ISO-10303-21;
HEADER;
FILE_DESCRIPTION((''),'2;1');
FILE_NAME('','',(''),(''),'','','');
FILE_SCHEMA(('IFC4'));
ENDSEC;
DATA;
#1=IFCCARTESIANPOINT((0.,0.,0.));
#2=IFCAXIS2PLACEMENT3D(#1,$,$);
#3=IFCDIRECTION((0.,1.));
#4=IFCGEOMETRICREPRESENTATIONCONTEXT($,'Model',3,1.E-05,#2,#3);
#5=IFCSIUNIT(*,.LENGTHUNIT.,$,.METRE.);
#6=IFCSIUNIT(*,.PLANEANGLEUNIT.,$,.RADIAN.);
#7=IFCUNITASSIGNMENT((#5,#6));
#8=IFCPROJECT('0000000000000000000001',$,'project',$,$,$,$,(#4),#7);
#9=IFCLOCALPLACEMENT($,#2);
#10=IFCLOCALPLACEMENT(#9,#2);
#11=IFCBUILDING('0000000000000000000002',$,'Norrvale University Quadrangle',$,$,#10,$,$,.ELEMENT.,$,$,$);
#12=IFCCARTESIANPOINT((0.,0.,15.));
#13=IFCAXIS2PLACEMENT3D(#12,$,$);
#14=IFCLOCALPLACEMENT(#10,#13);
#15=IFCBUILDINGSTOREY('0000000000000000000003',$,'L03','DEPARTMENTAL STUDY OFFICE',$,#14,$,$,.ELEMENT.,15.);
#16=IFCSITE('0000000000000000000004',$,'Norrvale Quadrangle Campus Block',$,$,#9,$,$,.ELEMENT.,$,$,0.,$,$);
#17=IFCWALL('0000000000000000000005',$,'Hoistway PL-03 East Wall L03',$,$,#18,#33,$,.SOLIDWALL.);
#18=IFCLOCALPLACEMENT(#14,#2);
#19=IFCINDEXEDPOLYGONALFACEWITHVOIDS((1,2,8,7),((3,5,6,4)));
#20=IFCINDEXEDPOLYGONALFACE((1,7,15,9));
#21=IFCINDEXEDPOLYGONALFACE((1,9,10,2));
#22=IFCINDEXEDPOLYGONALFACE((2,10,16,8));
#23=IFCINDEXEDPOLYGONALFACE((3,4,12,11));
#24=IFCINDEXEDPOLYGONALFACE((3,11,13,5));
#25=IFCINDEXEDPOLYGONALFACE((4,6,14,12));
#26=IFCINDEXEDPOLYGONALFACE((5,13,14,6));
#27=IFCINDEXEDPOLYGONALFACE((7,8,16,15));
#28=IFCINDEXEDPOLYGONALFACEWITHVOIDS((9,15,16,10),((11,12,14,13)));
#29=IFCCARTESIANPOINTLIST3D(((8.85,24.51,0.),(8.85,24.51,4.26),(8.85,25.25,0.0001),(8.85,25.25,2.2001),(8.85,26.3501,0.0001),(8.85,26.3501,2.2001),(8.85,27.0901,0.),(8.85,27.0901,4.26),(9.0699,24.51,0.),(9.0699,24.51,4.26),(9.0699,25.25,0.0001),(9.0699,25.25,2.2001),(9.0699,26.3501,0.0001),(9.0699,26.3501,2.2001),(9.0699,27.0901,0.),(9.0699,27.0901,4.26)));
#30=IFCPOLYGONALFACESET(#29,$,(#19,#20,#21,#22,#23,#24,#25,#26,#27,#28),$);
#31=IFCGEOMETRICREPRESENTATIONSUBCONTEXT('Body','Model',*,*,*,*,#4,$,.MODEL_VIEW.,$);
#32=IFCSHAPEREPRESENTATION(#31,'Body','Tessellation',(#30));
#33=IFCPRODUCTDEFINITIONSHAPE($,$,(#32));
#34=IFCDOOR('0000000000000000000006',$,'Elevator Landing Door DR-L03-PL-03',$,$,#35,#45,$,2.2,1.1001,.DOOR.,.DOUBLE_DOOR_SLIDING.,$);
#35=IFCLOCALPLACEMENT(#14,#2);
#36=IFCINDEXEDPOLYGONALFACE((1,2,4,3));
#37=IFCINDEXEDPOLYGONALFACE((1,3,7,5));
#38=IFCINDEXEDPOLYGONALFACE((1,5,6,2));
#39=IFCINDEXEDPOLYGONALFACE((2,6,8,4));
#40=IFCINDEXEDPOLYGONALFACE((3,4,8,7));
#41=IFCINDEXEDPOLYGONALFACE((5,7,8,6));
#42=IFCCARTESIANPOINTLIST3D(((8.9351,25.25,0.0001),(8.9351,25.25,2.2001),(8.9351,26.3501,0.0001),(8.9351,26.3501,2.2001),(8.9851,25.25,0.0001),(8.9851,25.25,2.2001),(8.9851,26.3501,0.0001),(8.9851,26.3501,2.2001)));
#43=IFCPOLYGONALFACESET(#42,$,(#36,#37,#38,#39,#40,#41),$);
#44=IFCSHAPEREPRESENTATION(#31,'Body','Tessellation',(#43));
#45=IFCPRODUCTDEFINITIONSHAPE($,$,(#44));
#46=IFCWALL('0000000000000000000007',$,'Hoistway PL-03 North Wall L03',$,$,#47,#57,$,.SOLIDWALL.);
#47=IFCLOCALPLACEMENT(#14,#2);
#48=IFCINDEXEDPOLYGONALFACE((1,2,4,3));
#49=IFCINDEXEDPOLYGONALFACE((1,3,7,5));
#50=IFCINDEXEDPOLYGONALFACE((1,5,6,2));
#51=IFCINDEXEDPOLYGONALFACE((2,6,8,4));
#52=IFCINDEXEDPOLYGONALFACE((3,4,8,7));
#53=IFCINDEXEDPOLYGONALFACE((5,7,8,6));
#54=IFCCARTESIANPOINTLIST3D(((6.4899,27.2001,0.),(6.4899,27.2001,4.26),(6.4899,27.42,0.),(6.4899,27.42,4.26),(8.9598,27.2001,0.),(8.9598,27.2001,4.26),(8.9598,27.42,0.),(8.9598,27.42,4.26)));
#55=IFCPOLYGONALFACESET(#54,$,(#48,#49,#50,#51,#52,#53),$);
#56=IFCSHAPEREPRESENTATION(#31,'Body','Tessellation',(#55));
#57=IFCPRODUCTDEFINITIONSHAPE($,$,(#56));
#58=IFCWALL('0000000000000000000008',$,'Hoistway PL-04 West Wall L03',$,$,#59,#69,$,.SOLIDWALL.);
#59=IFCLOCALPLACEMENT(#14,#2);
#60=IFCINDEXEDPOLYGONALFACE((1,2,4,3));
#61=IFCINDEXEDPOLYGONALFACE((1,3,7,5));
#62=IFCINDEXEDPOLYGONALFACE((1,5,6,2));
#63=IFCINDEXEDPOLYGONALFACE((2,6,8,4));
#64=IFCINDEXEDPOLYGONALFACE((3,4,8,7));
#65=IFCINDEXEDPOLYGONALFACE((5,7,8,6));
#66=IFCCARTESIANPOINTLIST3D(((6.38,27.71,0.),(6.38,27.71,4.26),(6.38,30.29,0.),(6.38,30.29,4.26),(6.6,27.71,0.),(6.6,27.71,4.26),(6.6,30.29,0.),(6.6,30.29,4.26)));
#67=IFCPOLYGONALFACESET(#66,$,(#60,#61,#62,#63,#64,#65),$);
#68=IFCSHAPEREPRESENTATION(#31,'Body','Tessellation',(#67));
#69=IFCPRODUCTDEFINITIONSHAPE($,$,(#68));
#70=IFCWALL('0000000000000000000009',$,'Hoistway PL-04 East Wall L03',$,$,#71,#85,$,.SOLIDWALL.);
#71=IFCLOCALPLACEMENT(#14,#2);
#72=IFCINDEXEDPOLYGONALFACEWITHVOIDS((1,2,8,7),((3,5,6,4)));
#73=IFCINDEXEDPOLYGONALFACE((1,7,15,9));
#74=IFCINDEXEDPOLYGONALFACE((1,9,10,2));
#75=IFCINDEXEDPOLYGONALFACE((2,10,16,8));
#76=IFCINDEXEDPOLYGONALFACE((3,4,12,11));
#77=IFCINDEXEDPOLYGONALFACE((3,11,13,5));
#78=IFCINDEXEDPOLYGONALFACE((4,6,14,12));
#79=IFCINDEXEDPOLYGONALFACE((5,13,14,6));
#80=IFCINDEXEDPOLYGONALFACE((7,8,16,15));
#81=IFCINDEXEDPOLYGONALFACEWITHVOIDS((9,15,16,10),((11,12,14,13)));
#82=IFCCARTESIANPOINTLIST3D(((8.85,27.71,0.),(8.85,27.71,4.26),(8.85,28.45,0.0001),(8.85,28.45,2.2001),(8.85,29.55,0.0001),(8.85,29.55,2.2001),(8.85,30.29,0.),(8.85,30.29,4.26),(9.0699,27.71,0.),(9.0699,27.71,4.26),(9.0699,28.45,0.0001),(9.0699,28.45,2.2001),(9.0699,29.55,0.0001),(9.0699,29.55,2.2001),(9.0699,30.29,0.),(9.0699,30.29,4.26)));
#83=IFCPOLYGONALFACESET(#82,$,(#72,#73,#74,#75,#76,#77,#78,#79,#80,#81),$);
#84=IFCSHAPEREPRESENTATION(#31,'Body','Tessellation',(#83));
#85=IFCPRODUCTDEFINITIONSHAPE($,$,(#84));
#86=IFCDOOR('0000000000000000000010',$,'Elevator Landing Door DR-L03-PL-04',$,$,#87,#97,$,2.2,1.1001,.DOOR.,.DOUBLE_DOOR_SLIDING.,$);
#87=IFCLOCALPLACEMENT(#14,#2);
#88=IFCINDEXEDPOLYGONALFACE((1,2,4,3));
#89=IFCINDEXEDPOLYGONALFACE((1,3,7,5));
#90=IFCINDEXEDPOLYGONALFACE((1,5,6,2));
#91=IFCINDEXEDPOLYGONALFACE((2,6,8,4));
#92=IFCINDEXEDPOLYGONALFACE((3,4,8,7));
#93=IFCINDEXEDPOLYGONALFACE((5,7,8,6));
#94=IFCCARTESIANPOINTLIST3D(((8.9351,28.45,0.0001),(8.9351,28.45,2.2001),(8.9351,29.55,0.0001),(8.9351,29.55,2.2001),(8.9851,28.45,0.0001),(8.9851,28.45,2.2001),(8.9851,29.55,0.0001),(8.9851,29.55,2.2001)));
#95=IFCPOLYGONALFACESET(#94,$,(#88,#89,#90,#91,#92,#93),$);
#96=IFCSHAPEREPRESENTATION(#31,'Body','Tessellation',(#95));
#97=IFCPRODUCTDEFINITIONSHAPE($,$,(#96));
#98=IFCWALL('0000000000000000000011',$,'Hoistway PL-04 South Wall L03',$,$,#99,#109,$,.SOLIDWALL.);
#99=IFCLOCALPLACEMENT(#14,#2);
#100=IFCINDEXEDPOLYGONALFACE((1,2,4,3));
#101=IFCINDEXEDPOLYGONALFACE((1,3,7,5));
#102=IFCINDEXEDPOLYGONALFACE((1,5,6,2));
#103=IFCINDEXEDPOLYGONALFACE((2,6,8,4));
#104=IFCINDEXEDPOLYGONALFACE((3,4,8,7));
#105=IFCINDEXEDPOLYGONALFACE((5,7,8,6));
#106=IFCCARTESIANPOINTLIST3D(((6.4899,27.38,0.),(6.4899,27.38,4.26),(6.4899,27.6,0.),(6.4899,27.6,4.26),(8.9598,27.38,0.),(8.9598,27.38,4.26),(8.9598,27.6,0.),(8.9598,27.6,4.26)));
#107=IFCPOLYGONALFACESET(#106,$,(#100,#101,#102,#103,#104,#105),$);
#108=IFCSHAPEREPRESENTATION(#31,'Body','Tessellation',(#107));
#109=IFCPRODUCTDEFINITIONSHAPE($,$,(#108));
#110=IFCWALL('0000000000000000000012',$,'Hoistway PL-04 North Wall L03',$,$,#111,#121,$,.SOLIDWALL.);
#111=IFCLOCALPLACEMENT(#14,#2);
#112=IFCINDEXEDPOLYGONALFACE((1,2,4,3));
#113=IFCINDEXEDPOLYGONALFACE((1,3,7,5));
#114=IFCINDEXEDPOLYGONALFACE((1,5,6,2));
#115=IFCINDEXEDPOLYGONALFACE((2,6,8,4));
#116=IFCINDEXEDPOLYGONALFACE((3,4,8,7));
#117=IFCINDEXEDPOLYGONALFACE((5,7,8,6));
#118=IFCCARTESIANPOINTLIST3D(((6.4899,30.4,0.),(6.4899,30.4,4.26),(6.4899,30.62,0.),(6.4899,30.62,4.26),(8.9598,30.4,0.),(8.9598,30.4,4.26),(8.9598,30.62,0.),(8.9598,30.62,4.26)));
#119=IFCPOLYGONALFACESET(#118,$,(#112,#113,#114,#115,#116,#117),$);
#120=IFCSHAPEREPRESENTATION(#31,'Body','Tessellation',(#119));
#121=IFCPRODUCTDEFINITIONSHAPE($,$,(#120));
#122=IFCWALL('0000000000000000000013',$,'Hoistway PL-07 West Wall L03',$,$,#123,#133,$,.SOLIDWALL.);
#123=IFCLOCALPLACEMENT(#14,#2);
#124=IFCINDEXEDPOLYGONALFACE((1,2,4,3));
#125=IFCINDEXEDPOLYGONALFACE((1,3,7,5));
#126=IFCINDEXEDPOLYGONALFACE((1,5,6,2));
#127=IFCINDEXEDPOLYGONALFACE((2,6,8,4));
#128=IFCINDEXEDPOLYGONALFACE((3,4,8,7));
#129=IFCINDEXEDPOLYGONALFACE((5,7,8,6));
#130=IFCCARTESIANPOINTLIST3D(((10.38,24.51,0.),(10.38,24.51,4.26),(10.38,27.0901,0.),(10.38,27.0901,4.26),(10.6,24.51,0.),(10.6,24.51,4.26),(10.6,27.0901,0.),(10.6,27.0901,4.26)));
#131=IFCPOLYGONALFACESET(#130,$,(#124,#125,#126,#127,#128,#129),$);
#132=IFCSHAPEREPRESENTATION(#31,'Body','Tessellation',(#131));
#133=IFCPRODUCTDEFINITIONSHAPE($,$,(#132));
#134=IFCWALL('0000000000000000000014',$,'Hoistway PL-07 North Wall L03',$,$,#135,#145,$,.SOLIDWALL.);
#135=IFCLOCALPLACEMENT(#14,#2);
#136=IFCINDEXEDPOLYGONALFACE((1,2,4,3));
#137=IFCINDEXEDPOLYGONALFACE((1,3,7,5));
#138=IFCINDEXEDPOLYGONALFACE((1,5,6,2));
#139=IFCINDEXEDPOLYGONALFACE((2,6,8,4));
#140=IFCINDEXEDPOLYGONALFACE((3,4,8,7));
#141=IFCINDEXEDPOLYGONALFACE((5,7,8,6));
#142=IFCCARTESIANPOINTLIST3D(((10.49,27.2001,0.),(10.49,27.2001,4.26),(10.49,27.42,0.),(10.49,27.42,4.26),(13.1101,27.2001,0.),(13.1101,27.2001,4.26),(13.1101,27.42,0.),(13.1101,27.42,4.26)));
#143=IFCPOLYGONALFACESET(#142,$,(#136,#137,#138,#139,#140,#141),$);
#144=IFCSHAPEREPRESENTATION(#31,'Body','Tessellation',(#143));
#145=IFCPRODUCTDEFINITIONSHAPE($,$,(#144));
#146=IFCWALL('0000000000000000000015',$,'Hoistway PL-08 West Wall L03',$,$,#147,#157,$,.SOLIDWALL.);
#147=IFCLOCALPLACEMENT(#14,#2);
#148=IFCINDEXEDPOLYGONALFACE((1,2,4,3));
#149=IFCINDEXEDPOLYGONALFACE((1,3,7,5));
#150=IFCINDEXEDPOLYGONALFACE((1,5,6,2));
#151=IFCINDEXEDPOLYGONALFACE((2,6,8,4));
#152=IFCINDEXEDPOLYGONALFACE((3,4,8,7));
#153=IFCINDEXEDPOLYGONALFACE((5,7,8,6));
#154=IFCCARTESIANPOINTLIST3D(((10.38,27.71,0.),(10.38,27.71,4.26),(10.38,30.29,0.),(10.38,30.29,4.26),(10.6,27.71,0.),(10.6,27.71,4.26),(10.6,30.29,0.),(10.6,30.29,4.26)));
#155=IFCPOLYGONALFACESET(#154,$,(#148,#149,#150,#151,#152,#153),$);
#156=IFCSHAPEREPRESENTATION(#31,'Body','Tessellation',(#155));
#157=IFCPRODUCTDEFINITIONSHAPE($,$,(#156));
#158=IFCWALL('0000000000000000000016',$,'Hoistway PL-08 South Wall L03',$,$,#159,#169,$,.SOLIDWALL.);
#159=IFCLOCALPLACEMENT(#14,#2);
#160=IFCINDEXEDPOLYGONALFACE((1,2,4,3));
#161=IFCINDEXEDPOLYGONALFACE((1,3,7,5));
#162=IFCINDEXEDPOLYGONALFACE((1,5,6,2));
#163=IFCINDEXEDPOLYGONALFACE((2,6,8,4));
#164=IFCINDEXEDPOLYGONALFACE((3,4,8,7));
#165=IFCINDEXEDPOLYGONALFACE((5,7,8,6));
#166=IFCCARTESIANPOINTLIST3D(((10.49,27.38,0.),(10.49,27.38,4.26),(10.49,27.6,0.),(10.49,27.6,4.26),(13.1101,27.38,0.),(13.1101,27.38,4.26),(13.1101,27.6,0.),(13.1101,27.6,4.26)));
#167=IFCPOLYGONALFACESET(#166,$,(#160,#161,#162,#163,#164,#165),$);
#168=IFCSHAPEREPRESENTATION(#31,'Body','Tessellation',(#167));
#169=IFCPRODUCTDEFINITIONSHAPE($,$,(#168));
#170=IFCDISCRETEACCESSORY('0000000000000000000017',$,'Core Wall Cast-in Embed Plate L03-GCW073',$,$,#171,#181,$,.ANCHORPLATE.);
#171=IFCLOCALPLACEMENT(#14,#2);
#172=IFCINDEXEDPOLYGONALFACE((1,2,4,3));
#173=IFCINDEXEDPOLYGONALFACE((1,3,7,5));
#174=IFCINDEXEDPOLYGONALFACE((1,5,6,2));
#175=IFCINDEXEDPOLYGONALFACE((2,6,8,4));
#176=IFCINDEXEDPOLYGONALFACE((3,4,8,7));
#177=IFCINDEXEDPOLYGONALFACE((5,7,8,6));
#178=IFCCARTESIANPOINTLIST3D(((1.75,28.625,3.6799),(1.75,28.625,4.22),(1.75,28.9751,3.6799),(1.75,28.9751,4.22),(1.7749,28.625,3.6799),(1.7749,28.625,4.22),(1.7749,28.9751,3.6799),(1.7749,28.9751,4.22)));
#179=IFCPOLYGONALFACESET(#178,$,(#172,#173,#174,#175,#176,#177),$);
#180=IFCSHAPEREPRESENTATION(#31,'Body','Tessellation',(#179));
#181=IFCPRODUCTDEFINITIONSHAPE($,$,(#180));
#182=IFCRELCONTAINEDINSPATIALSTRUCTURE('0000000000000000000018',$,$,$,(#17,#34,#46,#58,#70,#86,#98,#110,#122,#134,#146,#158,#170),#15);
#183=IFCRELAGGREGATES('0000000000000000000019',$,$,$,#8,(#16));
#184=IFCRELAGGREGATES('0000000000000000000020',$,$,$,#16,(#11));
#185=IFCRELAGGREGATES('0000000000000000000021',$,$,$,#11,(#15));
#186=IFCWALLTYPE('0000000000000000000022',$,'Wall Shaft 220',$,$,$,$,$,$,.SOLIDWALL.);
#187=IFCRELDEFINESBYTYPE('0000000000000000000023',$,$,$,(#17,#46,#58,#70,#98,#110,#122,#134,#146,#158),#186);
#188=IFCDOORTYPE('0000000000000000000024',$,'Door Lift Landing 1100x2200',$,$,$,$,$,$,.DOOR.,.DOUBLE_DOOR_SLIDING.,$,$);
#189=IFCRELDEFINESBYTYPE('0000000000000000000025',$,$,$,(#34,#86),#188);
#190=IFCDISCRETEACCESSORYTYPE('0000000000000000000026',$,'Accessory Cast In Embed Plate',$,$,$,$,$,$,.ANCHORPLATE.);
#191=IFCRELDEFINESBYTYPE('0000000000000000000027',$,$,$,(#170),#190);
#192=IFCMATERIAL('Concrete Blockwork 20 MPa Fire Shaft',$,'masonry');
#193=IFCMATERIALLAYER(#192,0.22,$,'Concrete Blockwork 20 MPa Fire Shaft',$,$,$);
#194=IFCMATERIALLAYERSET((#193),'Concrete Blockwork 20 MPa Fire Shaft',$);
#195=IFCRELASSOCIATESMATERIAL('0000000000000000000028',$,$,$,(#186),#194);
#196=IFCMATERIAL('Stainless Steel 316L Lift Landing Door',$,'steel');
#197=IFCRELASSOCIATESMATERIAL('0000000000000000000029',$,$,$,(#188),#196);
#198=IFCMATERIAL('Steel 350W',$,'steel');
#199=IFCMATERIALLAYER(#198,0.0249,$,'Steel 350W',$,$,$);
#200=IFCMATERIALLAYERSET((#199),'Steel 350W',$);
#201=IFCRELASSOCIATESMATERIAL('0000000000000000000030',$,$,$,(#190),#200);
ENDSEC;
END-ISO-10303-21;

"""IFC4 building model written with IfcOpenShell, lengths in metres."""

from ifc_helpers import new_model, si_unit, direction, frame, frame_2d, origin, origin_2d, place, context, subcontext, project, spatial, rectangle, extrude, material, layer, layer_set, type_object, element, fill, save


model = new_model("IFC4")

# Units and contexts
model_context = context("Model", 3, precision=1e-05, world=origin(), true_north=direction((0.0, 1.0)))
body_context = subcontext(model_context, "Body", "Model", "MODEL_VIEW")
ifc_project = project(units=[si_unit("LENGTHUNIT", "METRE"), si_unit("PLANEANGLEUNIT", "RADIAN")], contexts=[model_context])

# Site, building, storey
site_placement = place(None, origin())
site = spatial("IfcSite", under=ifc_project, at=site_placement, Name="Norrvale Quadrangle Campus Block", CompositionType="ELEMENT", RefElevation=0.0)
building_placement = place(site_placement, origin())
building = spatial("IfcBuilding", under=site, at=building_placement, Name="Norrvale University Quadrangle", CompositionType="ELEMENT")
storey_placement = place(building_placement, frame((0.0, 0.0, 15.0)))
storey = spatial("IfcBuildingStorey", under=building, at=storey_placement, Name="L03", Description="DEPARTMENTAL STUDY OFFICE", CompositionType="ELEMENT", Elevation=15.0)

# Shared definitions
ifc_material_1 = material(Name="Steel 350W", Category="steel")

# Wall, opening, door
ifc_material_2 = material(Name="Concrete Blockwork 20 MPa Fire Shaft", Category="masonry")
ifc_layer_1 = layer(ifc_material_2, 0.22, Name="Concrete Blockwork 20 MPa Fire Shaft")
ifc_layer_set_1 = layer_set([ifc_layer_1], Name="Concrete Blockwork 20 MPa Fire Shaft")
wall_type_1 = type_object("IfcWallType", Name="Wall Shaft 220", PredefinedType="SOLIDWALL", material=ifc_layer_set_1)
wall_1_placement = place(storey_placement, frame((8.96, 24.51, 0.0), z_axis=(0.0, 0.0, 1.0), x_axis=(0.0, 1.0, 0.0)))
wall_1 = element("IfcWall", 1, at=wall_1_placement, inside=storey, type_object=wall_type_1, Name="Hoistway PL-03 East Wall L03", PredefinedType="SOLIDWALL", context=body_context, shape_type="SweptSolid", body=[
    extrude(rectangle(XDim=2.5801, YDim=0.22, at=frame_2d((1.29, 0.0))), origin(), (0.0, 0.0, 1.0), 4.26),
])
opening_1_placement = place(wall_1_placement, frame((0.74, 0.0, 0.0)))
opening_1 = element("IfcOpeningElement", 2, at=opening_1_placement, cuts=wall_1, PredefinedType="OPENING", context=body_context, shape_type="SweptSolid", body=[
    extrude(rectangle(XDim=1.1001, YDim=2.2, at=frame_2d((0.55, 1.1001))), frame((0.0, 0.1221, 0.0), z_axis=(0.0, -1.0, 0.0), x_axis=(1.0, 0.0, 0.0)), (0.0, 0.0, 1.0), 0.2439),
])
ifc_material_3 = material(Name="Stainless Steel 316L Lift Landing Door", Category="steel")
door_type_1 = type_object("IfcDoorType", Name="Door Lift Landing 1100x2200", OperationType="DOUBLE_DOOR_SLIDING", PredefinedType="DOOR", material=ifc_material_3)
door_1_placement = place(opening_1_placement, origin())
door_1 = element("IfcDoor", 3, at=door_1_placement, inside=storey, type_object=door_type_1, Name="Elevator Landing Door DR-L03-PL-03", OperationType="DOUBLE_DOOR_SLIDING", OverallHeight=2.2, OverallWidth=1.1001, PredefinedType="DOOR", context=body_context, shape_type="SweptSolid", body=[
    extrude(rectangle(XDim=1.1001, YDim=2.2, at=frame_2d((0.55, 1.1001))), frame((0.0, 0.0249, 0.0), z_axis=(0.0, -1.0, 0.0), x_axis=(1.0, 0.0, 0.0)), (0.0, 0.0, 1.0), 0.05),
])
fill(opening_1, door_1)

# Walls
wall_2_placement = place(storey_placement, frame((6.49, 27.3101, 0.0), z_axis=(0.0, 0.0, 1.0), x_axis=(1.0, 0.0, 0.0)))
element("IfcWall", 4, at=wall_2_placement, inside=storey, type_object=wall_type_1, Name="Hoistway PL-03 North Wall L03", PredefinedType="SOLIDWALL", context=body_context, shape_type="SweptSolid", body=[
    extrude(rectangle(XDim=2.47, YDim=0.22, at=frame_2d((1.2349, 0.0))), origin(), (0.0, 0.0, 1.0), 4.26),
])
wall_3_placement = place(storey_placement, frame((6.49, 27.71, 0.0), z_axis=(0.0, 0.0, 1.0), x_axis=(0.0, 1.0, 0.0)))
element("IfcWall", 5, at=wall_3_placement, inside=storey, type_object=wall_type_1, Name="Hoistway PL-04 West Wall L03", PredefinedType="SOLIDWALL", context=body_context, shape_type="SweptSolid", body=[
    extrude(rectangle(XDim=2.5801, YDim=0.22, at=frame_2d((1.29, 0.0))), origin(), (0.0, 0.0, 1.0), 4.26),
])

# Wall, opening, door
wall_4_placement = place(storey_placement, frame((8.96, 27.71, 0.0), z_axis=(0.0, 0.0, 1.0), x_axis=(0.0, 1.0, 0.0)))
wall_4 = element("IfcWall", 6, at=wall_4_placement, inside=storey, type_object=wall_type_1, Name="Hoistway PL-04 East Wall L03", PredefinedType="SOLIDWALL", context=body_context, shape_type="SweptSolid", body=[
    extrude(rectangle(XDim=2.5801, YDim=0.22, at=frame_2d((1.29, 0.0))), origin(), (0.0, 0.0, 1.0), 4.26),
])
opening_2_placement = place(wall_4_placement, frame((0.74, 0.0, 0.0)))
opening_2 = element("IfcOpeningElement", 7, at=opening_2_placement, cuts=wall_4, PredefinedType="OPENING", context=body_context, shape_type="SweptSolid", body=[
    extrude(rectangle(XDim=1.1001, YDim=2.2, at=frame_2d((0.55, 1.1001))), frame((0.0, 0.1221, 0.0), z_axis=(0.0, -1.0, 0.0), x_axis=(1.0, 0.0, 0.0)), (0.0, 0.0, 1.0), 0.2439),
])
door_2_placement = place(opening_2_placement, origin())
door_2 = element("IfcDoor", 8, at=door_2_placement, inside=storey, type_object=door_type_1, Name="Elevator Landing Door DR-L03-PL-04", OperationType="DOUBLE_DOOR_SLIDING", OverallHeight=2.2, OverallWidth=1.1001, PredefinedType="DOOR", context=body_context, shape_type="SweptSolid", body=[
    extrude(rectangle(XDim=1.1001, YDim=2.2, at=frame_2d((0.55, 1.1001))), frame((0.0, 0.0249, 0.0), z_axis=(0.0, -1.0, 0.0), x_axis=(1.0, 0.0, 0.0)), (0.0, 0.0, 1.0), 0.05),
])
fill(opening_2, door_2)

# Walls
for number, where, z_axis, x_axis, name in (
    (9, (6.49, 27.49, 0.0), (0.0, 0.0, 1.0), (1.0, 0.0, 0.0), "Hoistway PL-04 South Wall L03"),
    (10, (6.49, 30.51, 0.0), (0.0, 0.0, 1.0), (1.0, 0.0, 0.0), "Hoistway PL-04 North Wall L03"),
):
    element("IfcWall", number, at=place(storey_placement, frame(where, z_axis=z_axis, x_axis=x_axis)), inside=storey, type_object=wall_type_1, Name=name, PredefinedType="SOLIDWALL", context=body_context, shape_type="SweptSolid", body=[
        extrude(rectangle(XDim=2.47, YDim=0.22, at=frame_2d((1.2349, 0.0))), origin(), (0.0, 0.0, 1.0), 4.26),
    ])
wall_5_placement = place(storey_placement, frame((10.49, 24.51, 0.0), z_axis=(0.0, 0.0, 1.0), x_axis=(0.0, 1.0, 0.0)))
element("IfcWall", 11, at=wall_5_placement, inside=storey, type_object=wall_type_1, Name="Hoistway PL-07 West Wall L03", PredefinedType="SOLIDWALL", context=body_context, shape_type="SweptSolid", body=[
    extrude(rectangle(XDim=2.5801, YDim=0.22, at=frame_2d((1.29, 0.0))), origin(), (0.0, 0.0, 1.0), 4.26),
])
wall_6_placement = place(storey_placement, frame((10.49, 27.3101, 0.0), z_axis=(0.0, 0.0, 1.0), x_axis=(1.0, 0.0, 0.0)))
element("IfcWall", 12, at=wall_6_placement, inside=storey, type_object=wall_type_1, Name="Hoistway PL-07 North Wall L03", PredefinedType="SOLIDWALL", context=body_context, shape_type="SweptSolid", body=[
    extrude(rectangle(XDim=2.6201, YDim=0.22, at=frame_2d((1.3101, 0.0))), origin(), (0.0, 0.0, 1.0), 4.26),
])
wall_7_placement = place(storey_placement, frame((10.49, 27.71, 0.0), z_axis=(0.0, 0.0, 1.0), x_axis=(0.0, 1.0, 0.0)))
element("IfcWall", 13, at=wall_7_placement, inside=storey, type_object=wall_type_1, Name="Hoistway PL-08 West Wall L03", PredefinedType="SOLIDWALL", context=body_context, shape_type="SweptSolid", body=[
    extrude(rectangle(XDim=2.5801, YDim=0.22, at=frame_2d((1.29, 0.0))), origin(), (0.0, 0.0, 1.0), 4.26),
])
wall_8_placement = place(storey_placement, frame((10.49, 27.49, 0.0), z_axis=(0.0, 0.0, 1.0), x_axis=(1.0, 0.0, 0.0)))
element("IfcWall", 14, at=wall_8_placement, inside=storey, type_object=wall_type_1, Name="Hoistway PL-08 South Wall L03", PredefinedType="SOLIDWALL", context=body_context, shape_type="SweptSolid", body=[
    extrude(rectangle(XDim=2.6201, YDim=0.22, at=frame_2d((1.3101, 0.0))), origin(), (0.0, 0.0, 1.0), 4.26),
])

# Discrete accessory
ifc_layer_2 = layer(ifc_material_1, 0.0249, Name="Steel 350W")
ifc_layer_set_2 = layer_set([ifc_layer_2], Name="Steel 350W")
discrete_accessory_type = type_object("IfcDiscreteAccessoryType", Name="Accessory Cast In Embed Plate", PredefinedType="ANCHORPLATE", material=ifc_layer_set_2)
discrete_accessory_placement = place(storey_placement, frame((1.7625, 28.8, 3.6799), z_axis=(0.0, 0.0, 1.0), x_axis=(1.0, 0.0, 0.0)))
element("IfcDiscreteAccessory", 15, at=discrete_accessory_placement, inside=storey, type_object=discrete_accessory_type, Name="Core Wall Cast-in Embed Plate L03-GCW073", PredefinedType="ANCHORPLATE", context=body_context, shape_type="SweptSolid", body=[
    extrude(rectangle(XDim=0.0249, YDim=0.3501, at=origin_2d()), origin(), (0.0, 0.0, 1.0), 0.54),
])

save(model, "model.ifc")
